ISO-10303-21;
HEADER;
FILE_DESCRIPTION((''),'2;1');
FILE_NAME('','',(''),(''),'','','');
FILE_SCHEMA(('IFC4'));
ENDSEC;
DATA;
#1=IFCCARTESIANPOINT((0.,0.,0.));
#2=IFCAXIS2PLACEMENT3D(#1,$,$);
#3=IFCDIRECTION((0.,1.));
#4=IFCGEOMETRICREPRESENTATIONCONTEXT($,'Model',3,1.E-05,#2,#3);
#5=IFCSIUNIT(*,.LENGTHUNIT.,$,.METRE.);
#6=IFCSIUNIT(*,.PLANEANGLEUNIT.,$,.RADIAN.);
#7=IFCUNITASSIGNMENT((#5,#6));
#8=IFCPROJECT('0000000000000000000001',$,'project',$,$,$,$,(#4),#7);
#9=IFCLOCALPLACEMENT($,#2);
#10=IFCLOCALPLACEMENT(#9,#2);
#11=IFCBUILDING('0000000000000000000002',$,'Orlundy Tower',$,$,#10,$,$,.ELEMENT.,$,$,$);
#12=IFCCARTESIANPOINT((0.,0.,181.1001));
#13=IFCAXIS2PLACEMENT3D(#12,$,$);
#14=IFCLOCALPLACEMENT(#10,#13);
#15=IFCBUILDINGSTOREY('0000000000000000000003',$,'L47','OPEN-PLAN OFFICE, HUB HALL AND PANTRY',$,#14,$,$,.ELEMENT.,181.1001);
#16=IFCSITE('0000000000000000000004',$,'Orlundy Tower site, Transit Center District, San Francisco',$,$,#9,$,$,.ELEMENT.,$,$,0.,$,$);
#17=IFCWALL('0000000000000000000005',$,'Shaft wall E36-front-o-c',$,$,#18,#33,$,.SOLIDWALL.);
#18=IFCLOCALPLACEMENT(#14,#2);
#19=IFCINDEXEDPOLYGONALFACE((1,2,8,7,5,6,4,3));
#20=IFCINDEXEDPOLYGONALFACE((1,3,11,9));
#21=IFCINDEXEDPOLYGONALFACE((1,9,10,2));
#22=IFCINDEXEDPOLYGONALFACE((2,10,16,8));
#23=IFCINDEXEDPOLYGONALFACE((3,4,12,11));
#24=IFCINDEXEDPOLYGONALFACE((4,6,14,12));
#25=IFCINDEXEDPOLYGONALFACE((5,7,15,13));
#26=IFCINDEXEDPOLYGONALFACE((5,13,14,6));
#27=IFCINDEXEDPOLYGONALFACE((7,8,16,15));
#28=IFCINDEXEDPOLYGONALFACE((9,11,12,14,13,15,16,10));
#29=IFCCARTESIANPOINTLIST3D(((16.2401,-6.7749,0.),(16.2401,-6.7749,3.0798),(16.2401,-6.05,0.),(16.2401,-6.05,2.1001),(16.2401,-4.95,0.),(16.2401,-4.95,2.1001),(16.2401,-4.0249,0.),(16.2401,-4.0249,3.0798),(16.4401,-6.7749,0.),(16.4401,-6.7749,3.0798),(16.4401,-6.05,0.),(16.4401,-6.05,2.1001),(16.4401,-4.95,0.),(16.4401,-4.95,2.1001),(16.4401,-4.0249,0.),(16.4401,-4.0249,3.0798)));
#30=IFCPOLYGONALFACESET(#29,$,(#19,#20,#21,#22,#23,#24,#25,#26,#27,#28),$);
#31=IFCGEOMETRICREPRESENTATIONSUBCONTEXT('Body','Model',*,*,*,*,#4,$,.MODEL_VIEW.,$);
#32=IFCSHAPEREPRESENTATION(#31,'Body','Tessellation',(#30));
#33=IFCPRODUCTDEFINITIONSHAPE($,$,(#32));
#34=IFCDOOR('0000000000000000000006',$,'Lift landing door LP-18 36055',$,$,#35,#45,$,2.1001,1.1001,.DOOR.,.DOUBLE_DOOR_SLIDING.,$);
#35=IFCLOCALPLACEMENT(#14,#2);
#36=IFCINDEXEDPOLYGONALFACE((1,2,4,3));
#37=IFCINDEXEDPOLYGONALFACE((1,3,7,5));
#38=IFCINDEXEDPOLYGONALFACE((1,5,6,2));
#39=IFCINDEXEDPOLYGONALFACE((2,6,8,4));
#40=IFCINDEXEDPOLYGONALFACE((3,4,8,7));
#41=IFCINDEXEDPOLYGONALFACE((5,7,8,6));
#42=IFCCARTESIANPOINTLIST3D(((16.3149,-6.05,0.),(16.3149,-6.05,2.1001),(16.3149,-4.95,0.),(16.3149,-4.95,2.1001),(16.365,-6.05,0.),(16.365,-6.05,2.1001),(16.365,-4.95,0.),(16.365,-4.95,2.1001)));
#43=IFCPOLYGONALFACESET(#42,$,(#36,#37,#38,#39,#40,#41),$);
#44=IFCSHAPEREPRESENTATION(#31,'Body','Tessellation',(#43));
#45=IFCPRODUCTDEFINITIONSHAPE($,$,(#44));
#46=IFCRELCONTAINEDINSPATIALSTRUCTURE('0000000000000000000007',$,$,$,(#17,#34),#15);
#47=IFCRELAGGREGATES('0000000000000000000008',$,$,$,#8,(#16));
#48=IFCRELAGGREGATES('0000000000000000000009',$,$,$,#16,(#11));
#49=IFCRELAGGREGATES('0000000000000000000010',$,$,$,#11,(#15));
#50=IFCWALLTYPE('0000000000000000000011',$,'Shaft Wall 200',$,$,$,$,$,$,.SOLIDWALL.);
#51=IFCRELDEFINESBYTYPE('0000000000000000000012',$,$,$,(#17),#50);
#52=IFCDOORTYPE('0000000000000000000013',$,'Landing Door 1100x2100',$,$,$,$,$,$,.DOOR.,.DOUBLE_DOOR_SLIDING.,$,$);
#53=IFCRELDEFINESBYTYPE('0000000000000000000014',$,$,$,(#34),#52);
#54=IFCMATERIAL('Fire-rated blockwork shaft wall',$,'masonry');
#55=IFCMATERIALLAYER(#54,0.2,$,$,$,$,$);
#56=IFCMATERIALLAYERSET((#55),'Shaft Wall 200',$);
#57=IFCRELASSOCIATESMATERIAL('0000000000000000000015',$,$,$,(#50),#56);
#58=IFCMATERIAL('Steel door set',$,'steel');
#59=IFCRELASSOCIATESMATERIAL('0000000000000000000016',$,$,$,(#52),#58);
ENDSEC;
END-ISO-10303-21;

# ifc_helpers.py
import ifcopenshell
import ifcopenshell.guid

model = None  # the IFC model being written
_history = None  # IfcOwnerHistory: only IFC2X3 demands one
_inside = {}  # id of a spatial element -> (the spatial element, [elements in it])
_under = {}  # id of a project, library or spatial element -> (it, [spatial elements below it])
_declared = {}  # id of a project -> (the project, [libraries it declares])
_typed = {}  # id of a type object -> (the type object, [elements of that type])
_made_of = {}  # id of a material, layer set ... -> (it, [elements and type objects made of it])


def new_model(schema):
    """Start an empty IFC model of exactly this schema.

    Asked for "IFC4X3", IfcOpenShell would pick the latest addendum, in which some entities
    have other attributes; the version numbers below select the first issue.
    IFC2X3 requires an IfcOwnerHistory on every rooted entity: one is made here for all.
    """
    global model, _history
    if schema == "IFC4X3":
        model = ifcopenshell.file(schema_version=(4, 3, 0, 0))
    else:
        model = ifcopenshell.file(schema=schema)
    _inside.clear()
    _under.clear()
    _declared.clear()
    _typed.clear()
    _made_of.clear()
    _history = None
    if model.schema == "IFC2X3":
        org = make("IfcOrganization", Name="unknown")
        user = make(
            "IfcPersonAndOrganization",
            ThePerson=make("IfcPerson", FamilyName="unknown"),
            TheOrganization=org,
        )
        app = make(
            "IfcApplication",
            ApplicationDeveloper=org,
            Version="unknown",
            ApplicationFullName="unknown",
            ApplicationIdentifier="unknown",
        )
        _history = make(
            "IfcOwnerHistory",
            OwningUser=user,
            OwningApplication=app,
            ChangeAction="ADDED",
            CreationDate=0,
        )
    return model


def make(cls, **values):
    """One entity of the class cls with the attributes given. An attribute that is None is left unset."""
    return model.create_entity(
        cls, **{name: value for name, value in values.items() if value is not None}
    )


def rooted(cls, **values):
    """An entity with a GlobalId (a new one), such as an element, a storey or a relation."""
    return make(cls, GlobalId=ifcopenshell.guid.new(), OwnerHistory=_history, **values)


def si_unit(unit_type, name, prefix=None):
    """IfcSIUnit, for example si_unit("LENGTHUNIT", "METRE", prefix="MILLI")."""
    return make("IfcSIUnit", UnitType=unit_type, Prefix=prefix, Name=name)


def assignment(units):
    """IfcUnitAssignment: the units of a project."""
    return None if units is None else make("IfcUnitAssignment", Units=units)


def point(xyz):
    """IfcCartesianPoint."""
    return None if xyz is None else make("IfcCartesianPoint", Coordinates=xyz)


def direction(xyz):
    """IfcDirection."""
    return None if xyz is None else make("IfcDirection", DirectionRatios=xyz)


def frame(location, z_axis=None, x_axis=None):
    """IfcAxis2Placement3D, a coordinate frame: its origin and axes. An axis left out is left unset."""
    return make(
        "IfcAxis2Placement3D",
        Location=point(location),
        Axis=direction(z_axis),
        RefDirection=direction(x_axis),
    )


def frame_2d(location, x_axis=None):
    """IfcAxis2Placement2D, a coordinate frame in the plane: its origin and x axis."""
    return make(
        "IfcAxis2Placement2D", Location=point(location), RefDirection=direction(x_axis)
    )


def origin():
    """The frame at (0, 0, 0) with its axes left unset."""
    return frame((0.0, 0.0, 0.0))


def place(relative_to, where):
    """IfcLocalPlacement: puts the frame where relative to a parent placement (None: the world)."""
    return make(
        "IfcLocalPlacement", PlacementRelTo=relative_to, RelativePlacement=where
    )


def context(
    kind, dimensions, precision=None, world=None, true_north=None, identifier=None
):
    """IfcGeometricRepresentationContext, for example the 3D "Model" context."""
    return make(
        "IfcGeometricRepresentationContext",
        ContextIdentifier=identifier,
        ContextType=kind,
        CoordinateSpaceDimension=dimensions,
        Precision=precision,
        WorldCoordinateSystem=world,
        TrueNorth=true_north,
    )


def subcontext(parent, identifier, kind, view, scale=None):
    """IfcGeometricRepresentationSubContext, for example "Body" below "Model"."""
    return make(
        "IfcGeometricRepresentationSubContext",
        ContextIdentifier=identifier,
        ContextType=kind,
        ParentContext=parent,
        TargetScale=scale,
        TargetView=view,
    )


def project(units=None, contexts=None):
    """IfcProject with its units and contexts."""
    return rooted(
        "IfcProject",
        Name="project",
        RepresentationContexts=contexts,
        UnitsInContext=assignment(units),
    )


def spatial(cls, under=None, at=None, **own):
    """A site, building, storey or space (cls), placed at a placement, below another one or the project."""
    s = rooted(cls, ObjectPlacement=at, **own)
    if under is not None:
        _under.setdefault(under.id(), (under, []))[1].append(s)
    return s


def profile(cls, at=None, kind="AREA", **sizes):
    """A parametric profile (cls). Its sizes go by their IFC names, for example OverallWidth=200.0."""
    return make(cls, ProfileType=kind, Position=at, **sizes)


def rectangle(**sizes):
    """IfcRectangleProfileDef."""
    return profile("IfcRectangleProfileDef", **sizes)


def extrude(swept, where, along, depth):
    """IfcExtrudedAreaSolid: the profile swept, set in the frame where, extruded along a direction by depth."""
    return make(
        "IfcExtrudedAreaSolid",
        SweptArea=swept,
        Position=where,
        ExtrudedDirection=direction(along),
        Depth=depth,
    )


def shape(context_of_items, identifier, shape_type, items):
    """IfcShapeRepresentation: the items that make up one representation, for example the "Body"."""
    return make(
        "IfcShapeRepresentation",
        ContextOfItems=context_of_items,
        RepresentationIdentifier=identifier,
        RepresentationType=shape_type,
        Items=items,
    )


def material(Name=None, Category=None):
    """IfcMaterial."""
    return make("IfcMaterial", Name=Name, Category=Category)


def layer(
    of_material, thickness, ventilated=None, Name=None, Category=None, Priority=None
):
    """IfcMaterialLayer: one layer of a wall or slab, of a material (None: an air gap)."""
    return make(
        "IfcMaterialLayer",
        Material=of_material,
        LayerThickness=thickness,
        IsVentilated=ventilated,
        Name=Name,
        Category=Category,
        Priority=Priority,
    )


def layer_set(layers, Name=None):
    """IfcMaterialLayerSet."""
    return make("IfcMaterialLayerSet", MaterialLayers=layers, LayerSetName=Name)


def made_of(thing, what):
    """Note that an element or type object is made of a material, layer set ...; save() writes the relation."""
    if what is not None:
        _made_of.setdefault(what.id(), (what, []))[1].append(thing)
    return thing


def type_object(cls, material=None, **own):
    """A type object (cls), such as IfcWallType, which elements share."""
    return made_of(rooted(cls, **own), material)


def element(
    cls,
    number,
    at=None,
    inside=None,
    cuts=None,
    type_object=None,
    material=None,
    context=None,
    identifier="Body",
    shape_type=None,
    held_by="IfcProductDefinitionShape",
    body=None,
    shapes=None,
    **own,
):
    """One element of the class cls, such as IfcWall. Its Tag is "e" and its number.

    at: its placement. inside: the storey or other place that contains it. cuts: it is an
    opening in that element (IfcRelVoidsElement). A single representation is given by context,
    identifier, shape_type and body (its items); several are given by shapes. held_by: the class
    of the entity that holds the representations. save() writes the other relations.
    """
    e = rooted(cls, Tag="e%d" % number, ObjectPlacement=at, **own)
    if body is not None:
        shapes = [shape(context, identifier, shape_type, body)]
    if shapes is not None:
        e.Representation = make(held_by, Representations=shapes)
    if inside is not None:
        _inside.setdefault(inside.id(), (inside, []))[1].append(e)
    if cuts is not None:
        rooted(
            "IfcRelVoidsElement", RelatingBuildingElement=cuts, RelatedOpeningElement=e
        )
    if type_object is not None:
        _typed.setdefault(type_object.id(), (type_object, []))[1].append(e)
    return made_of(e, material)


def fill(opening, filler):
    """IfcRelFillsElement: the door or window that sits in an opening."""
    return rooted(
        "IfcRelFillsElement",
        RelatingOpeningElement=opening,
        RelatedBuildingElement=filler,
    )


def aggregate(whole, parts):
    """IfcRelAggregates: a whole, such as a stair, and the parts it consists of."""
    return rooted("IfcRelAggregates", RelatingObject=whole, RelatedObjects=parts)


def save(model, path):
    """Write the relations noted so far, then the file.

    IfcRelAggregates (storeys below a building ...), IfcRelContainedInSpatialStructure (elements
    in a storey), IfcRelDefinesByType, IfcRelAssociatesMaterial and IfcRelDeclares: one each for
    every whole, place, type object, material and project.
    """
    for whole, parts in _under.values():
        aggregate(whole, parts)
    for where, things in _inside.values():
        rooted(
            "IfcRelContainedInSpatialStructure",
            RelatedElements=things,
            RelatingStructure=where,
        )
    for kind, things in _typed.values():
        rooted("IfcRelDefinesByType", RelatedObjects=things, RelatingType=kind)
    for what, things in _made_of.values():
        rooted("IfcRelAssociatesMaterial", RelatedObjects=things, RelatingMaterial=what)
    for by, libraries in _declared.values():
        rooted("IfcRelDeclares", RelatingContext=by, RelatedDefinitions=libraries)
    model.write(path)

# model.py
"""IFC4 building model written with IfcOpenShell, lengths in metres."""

from ifc_helpers import new_model, si_unit, direction, frame, frame_2d, origin, place, context, subcontext, project, spatial, rectangle, extrude, material, layer, layer_set, type_object, element, fill, save


model = new_model("IFC4")

# Units and contexts
model_context = context("Model", 3, precision=1e-05, world=origin(), true_north=direction((0.0, 1.0)))
body_context = subcontext(model_context, "Body", "Model", "MODEL_VIEW")
ifc_project = project(units=[si_unit("LENGTHUNIT", "METRE"), si_unit("PLANEANGLEUNIT", "RADIAN")], contexts=[model_context])

# Site, building, storey
site_placement = place(None, origin())
site = spatial("IfcSite", under=ifc_project, at=site_placement, Name="Orlundy Tower site, Transit Center District, San Francisco", CompositionType="ELEMENT", RefElevation=0.0)
building_placement = place(site_placement, origin())
building = spatial("IfcBuilding", under=site, at=building_placement, Name="Orlundy Tower", CompositionType="ELEMENT")
storey_placement = place(building_placement, frame((0.0, 0.0, 181.1001)))
storey = spatial("IfcBuildingStorey", under=building, at=storey_placement, Name="L47", Description="OPEN-PLAN OFFICE, HUB HALL AND PANTRY", CompositionType="ELEMENT", Elevation=181.1001)

# Wall, opening, door
ifc_material_1 = material(Name="Fire-rated blockwork shaft wall", Category="masonry")
ifc_layer_1 = layer(ifc_material_1, 0.2)
ifc_layer_set_1 = layer_set([ifc_layer_1], Name="Shaft Wall 200")
wall_type_1 = type_object("IfcWallType", Name="Shaft Wall 200", PredefinedType="SOLIDWALL", material=ifc_layer_set_1)
ifc_material_2 = material(Name="Steel door set", Category="steel")
door_type_1 = type_object("IfcDoorType", Name="Landing Door 1100x2100", OperationType="DOUBLE_DOOR_SLIDING", PredefinedType="DOOR", material=ifc_material_2)
wall_1_placement = place(storey_placement, frame((16.3401, -4.0249, 0.0), z_axis=(0.0, 0.0, 1.0), x_axis=(0.0, -1.0, 0.0)))
wall_1 = element("IfcWall", 1, at=wall_1_placement, inside=storey, type_object=wall_type_1, Name="Shaft wall E36-front-o-c", PredefinedType="SOLIDWALL", context=body_context, shape_type="SweptSolid", body=[
    extrude(rectangle(XDim=2.75, YDim=0.2, at=frame_2d((1.375, 0.0))), origin(), (0.0, 0.0, 1.0), 3.0798),
])
opening_1_placement = place(wall_1_placement, frame((0.925, 0.0, 0.0)))
opening_1 = element("IfcOpeningElement", 2, at=opening_1_placement, cuts=wall_1, PredefinedType="OPENING", context=body_context, shape_type="SweptSolid", body=[
    extrude(rectangle(XDim=1.1001, YDim=2.1001, at=frame_2d((0.55, 1.05))), frame((0.0, 0.1101, 0.0), z_axis=(0.0, -1.0, 0.0), x_axis=(1.0, 0.0, 0.0)), (0.0, 0.0, 1.0), 0.2202),
])
door_1_placement = place(opening_1_placement, origin())
door_1 = element("IfcDoor", 3, at=door_1_placement, inside=storey, type_object=door_type_1, Name="Lift landing door LP-18 36055", OperationType="DOUBLE_DOOR_SLIDING", OverallHeight=2.1001, OverallWidth=1.1001, PredefinedType="DOOR", context=body_context, shape_type="SweptSolid", body=[
    extrude(rectangle(XDim=1.1001, YDim=2.1001, at=frame_2d((0.55, 1.05))), frame((0.0, 0.0249, 0.0), z_axis=(0.0, -1.0, 0.0), x_axis=(1.0, 0.0, 0.0)), (0.0, 0.0, 1.0), 0.05),
])
fill(opening_1, door_1)

save(model, "model.ifc")
